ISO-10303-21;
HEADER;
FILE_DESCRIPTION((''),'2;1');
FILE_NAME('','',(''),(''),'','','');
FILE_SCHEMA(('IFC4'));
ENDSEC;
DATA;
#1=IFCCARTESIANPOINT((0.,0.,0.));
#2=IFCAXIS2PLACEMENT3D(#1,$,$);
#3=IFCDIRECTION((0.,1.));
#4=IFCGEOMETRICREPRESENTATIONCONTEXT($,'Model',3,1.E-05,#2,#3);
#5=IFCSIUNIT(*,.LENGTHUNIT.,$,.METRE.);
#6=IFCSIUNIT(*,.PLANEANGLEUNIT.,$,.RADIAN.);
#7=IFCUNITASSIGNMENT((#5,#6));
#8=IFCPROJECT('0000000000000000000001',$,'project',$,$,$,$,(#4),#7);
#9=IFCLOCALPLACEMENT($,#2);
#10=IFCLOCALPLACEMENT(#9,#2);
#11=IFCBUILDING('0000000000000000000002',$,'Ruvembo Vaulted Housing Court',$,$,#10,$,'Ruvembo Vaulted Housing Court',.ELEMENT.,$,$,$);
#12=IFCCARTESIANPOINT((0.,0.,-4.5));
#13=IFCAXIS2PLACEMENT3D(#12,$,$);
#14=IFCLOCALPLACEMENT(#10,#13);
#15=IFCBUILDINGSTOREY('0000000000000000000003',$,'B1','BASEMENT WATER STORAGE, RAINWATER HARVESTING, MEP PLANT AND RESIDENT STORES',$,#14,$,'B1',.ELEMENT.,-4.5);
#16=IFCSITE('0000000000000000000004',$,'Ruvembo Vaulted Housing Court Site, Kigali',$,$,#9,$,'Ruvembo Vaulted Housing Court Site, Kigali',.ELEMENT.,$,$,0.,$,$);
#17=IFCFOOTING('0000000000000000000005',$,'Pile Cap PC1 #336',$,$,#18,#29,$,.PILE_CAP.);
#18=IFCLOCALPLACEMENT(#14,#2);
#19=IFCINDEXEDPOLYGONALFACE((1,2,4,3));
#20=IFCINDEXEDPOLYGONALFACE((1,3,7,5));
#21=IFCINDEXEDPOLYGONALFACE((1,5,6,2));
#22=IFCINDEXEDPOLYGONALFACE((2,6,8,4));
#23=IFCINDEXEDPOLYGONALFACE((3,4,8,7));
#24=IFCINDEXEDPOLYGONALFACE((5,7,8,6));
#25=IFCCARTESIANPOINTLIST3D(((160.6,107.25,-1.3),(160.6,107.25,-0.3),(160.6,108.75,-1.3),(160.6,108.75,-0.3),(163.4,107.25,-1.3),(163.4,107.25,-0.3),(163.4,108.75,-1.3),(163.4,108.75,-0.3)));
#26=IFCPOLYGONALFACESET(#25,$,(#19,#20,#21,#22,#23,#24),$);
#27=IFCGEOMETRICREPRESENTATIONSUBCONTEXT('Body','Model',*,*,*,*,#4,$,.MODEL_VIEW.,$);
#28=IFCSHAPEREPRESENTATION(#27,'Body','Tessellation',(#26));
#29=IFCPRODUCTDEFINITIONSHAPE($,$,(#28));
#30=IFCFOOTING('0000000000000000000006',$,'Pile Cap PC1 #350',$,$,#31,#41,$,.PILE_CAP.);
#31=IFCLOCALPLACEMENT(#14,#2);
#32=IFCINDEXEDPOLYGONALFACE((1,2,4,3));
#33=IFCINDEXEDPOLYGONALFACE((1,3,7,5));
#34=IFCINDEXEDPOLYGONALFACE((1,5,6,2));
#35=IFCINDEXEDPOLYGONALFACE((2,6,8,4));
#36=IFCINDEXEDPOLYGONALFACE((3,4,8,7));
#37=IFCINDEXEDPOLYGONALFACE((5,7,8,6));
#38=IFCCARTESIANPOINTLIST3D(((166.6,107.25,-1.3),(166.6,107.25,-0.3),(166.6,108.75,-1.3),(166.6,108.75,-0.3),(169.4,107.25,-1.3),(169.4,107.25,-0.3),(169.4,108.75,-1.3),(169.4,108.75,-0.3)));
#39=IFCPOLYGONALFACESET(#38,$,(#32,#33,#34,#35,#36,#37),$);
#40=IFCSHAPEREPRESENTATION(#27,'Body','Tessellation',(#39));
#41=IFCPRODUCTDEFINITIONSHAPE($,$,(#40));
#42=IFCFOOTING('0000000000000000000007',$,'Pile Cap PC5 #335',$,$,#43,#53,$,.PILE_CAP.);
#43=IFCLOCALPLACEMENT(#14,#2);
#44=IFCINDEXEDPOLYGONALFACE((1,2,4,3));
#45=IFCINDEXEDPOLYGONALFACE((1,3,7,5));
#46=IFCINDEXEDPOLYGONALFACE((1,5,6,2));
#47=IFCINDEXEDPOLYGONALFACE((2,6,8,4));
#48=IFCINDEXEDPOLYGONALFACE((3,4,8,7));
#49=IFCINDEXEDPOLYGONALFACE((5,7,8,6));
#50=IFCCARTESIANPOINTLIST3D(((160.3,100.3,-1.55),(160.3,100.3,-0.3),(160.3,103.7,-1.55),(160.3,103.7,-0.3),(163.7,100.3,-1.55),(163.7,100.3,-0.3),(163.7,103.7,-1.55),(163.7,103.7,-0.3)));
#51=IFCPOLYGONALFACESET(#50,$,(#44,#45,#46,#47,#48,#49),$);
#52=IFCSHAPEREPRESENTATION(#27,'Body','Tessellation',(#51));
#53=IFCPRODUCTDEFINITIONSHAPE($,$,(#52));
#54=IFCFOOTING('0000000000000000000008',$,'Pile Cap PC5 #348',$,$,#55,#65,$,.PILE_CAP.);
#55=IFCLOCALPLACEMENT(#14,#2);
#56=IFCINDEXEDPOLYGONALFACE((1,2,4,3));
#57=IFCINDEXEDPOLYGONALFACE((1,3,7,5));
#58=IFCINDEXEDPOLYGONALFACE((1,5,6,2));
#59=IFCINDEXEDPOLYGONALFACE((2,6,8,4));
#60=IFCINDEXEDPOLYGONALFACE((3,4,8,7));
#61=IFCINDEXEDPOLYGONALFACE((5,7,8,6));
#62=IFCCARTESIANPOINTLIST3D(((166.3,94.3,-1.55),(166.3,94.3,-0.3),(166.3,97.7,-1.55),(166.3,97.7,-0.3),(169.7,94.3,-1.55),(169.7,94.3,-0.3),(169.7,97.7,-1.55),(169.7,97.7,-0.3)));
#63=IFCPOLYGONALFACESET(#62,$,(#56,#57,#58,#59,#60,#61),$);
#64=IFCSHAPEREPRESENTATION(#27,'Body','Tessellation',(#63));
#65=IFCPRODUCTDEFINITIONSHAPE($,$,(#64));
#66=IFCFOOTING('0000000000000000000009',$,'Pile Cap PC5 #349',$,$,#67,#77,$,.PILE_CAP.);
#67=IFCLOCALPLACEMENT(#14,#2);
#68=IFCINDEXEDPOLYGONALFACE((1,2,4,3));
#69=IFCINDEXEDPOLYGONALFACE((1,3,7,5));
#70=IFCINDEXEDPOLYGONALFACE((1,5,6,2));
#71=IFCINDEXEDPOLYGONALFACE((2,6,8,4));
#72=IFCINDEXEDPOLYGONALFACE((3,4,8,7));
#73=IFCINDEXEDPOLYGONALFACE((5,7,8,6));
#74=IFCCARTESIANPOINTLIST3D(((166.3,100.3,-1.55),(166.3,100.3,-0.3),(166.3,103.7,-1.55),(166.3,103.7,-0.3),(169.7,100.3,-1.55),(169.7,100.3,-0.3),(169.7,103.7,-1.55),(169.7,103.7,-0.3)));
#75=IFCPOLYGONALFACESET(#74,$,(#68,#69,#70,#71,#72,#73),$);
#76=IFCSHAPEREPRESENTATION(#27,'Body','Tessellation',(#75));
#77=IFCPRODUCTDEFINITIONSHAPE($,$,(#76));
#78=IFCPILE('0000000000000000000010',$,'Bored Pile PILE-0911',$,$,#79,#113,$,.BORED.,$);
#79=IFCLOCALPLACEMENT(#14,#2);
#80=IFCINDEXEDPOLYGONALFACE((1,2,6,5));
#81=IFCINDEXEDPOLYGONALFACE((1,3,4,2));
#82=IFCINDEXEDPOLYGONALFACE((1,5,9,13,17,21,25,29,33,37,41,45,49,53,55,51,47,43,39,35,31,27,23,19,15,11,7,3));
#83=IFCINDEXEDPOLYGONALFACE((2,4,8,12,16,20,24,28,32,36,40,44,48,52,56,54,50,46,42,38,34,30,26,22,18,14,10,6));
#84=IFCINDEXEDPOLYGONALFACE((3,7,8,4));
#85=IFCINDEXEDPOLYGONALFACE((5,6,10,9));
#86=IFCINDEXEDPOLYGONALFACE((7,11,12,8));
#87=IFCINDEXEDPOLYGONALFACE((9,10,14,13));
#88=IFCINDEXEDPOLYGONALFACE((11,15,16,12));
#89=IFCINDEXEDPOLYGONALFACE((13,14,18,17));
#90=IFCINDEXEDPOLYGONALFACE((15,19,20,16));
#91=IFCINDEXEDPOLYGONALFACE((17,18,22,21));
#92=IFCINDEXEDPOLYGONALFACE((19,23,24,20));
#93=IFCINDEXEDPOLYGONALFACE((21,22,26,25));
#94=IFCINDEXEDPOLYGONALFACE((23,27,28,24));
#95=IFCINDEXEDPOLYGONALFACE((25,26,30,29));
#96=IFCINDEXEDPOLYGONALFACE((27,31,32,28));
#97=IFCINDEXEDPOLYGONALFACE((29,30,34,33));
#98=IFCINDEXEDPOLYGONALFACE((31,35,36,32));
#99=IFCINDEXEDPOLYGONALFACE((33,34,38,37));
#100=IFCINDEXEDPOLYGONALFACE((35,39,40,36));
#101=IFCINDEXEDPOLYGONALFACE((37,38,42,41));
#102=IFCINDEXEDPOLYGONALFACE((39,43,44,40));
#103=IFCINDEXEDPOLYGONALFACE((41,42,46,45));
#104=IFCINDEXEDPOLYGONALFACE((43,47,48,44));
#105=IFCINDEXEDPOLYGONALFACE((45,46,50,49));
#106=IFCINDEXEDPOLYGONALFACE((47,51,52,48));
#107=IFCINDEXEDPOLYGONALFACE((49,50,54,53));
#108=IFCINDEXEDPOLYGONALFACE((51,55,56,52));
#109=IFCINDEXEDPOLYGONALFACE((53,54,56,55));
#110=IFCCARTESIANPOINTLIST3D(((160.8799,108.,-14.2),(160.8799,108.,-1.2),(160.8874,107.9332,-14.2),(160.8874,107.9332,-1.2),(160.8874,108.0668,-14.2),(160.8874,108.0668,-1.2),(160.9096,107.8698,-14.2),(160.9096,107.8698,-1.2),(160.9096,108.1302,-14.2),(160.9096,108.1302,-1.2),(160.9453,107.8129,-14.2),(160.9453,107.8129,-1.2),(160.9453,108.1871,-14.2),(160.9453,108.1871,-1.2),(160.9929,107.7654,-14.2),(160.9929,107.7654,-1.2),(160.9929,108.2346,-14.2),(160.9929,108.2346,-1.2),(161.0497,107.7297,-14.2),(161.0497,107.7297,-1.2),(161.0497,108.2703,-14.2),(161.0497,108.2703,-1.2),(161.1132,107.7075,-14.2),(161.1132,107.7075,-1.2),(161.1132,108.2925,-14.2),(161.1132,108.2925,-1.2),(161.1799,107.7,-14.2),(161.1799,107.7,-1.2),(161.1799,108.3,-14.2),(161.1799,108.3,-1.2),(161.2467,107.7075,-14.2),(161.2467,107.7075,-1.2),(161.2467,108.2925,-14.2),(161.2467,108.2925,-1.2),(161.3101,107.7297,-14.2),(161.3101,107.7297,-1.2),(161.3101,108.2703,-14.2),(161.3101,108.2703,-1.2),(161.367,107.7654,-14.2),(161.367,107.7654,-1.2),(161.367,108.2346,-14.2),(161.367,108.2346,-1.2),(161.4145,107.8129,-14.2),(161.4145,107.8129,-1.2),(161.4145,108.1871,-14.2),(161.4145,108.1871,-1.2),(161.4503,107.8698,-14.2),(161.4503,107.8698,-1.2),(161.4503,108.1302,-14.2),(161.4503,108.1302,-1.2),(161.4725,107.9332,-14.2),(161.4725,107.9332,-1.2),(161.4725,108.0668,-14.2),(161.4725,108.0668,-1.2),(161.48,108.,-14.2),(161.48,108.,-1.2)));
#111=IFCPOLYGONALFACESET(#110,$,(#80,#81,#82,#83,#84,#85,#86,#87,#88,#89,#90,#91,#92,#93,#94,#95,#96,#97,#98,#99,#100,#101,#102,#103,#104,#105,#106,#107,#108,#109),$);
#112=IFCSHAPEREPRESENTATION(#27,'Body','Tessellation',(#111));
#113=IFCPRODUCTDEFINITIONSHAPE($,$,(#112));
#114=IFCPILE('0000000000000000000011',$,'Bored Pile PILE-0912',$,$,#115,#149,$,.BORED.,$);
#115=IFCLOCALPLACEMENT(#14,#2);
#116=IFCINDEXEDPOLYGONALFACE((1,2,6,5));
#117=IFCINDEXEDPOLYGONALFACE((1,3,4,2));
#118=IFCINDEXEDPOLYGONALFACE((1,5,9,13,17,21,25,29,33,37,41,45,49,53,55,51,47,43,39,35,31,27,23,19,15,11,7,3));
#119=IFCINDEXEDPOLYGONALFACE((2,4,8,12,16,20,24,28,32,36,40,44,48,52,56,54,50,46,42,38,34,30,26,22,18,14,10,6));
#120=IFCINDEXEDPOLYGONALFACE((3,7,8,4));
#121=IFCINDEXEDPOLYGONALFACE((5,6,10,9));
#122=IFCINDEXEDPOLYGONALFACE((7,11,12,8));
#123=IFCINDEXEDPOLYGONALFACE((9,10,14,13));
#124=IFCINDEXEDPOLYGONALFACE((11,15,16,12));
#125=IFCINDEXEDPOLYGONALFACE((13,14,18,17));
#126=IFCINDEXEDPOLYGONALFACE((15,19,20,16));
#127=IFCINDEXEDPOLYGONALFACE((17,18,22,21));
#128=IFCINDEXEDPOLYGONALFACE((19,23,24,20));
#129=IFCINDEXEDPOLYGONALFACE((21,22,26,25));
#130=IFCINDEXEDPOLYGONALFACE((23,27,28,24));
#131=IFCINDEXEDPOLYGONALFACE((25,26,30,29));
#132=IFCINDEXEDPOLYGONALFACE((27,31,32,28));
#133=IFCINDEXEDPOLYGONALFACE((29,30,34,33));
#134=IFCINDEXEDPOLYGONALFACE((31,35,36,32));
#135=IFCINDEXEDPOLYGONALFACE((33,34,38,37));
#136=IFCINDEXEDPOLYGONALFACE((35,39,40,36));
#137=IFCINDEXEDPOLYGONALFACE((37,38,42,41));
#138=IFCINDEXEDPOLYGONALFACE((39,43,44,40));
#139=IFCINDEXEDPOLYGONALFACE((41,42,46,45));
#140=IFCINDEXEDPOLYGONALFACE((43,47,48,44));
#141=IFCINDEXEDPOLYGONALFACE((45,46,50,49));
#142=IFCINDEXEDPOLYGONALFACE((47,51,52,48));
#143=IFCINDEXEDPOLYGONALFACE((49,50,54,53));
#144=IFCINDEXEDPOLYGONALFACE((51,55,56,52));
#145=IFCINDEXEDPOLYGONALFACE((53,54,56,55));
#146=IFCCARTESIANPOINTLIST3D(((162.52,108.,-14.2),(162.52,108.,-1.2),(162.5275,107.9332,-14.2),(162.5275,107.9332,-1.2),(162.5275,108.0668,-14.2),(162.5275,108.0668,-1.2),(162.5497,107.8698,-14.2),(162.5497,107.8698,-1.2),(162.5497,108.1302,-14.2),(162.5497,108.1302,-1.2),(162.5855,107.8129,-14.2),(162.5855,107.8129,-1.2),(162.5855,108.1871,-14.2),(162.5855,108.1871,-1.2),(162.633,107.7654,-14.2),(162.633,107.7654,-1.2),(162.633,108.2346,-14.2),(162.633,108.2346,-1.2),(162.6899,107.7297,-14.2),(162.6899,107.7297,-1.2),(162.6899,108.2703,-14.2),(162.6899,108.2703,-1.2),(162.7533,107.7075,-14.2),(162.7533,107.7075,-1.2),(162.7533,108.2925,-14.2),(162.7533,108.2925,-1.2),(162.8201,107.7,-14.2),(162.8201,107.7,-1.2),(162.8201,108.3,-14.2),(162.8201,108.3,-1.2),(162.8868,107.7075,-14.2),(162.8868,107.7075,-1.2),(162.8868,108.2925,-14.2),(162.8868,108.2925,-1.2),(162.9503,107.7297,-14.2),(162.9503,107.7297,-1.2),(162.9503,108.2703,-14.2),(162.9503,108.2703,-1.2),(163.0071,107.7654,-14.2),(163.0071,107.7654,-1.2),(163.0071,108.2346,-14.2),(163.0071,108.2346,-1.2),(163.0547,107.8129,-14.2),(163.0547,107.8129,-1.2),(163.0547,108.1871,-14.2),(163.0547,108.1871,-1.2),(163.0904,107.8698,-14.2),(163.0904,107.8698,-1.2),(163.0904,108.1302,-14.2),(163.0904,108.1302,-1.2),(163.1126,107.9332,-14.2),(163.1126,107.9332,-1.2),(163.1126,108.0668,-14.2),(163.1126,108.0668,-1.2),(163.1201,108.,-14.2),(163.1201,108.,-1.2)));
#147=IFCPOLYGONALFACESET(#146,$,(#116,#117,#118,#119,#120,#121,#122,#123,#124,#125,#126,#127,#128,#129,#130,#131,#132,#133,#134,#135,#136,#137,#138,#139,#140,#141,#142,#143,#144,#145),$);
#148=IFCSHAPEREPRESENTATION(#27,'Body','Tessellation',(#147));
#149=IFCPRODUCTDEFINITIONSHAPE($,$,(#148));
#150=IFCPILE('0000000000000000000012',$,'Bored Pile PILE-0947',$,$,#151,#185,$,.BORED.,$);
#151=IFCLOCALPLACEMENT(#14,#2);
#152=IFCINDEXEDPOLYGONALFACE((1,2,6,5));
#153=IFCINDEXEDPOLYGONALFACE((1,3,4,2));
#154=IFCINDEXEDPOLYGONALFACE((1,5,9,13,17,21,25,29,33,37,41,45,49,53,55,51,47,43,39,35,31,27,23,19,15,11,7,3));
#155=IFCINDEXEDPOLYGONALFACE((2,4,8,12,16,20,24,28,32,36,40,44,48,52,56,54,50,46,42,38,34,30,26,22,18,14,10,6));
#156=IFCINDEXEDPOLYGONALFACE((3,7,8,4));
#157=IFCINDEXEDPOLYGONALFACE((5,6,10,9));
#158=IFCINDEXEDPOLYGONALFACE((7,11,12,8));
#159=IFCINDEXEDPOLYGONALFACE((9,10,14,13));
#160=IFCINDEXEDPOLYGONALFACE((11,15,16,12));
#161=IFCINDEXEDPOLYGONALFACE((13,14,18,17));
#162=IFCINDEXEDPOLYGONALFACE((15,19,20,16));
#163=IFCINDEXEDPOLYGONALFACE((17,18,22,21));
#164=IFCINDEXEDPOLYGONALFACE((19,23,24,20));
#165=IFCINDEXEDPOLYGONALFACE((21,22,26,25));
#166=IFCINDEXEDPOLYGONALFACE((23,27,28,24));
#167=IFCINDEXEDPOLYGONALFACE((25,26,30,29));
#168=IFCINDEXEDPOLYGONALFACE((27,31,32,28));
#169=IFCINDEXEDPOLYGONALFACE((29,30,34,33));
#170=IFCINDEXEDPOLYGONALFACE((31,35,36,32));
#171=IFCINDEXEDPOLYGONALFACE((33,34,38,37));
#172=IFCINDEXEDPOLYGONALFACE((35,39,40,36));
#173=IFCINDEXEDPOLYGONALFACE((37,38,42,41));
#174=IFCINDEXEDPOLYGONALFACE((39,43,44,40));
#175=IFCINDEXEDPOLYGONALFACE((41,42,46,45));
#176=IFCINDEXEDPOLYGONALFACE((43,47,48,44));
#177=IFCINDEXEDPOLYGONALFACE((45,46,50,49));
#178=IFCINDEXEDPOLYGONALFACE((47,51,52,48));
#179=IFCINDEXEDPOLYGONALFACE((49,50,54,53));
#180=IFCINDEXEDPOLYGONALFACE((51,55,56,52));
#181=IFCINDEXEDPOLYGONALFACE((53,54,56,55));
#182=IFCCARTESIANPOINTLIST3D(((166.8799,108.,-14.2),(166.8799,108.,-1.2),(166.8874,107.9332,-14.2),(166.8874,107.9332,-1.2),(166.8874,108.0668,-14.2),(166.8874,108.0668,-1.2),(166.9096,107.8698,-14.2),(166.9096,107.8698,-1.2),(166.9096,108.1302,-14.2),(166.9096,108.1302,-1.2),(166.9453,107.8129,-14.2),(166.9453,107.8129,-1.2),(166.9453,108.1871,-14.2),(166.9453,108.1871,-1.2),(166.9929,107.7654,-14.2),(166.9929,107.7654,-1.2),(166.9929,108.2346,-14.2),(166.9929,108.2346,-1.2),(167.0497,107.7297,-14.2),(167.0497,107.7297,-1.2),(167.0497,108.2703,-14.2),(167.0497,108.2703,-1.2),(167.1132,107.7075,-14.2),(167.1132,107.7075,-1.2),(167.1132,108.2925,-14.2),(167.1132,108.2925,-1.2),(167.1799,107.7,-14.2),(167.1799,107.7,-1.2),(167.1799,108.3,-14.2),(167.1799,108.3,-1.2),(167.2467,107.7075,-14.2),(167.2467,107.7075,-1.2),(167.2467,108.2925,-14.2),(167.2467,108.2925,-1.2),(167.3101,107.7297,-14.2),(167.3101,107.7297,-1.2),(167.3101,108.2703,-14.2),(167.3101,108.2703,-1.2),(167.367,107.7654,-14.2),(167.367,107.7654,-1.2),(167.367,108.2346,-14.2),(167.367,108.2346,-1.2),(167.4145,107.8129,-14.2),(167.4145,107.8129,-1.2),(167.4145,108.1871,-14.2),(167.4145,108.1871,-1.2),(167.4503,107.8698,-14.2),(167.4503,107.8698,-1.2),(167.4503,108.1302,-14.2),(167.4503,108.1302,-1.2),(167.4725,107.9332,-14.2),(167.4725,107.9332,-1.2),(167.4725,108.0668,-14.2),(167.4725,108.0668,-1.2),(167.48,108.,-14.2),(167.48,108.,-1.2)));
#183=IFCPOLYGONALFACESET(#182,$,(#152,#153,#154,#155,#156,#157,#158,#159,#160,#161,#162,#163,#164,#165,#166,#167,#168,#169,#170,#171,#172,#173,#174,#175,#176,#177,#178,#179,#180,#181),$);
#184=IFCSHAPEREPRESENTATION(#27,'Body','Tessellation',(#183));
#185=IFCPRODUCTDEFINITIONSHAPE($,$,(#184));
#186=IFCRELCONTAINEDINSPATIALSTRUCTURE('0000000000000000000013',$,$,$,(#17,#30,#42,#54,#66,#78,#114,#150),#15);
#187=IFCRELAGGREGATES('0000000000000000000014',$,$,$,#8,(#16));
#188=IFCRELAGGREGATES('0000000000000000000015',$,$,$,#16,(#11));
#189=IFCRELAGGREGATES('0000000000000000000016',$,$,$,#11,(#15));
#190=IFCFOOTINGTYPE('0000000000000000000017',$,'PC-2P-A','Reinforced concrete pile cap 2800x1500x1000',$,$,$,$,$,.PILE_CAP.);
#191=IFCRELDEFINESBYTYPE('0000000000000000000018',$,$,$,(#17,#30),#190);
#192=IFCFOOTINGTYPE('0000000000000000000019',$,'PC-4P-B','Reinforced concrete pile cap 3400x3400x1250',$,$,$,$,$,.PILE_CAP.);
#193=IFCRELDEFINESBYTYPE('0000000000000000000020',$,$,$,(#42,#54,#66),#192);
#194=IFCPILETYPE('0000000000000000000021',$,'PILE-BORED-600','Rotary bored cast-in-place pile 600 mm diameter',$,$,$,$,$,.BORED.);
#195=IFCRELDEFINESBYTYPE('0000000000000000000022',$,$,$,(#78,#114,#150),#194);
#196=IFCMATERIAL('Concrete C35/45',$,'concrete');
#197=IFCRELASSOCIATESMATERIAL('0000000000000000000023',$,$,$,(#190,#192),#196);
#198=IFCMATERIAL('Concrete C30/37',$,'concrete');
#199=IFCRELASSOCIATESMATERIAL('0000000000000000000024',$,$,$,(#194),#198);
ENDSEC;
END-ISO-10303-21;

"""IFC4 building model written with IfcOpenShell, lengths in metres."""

from ifc_helpers import new_model, si_unit, direction, frame, origin, origin_2d, place, context, subcontext, project, spatial, rectangle, circle, extrude, material, material_profile, profile_set, type_object, element, save


model = new_model("IFC4")

# Units and contexts
model_context = context("Model", 3, precision=1e-05, world=origin(), true_north=direction((0.0, 1.0)))
body_context = subcontext(model_context, "Body", "Model", "MODEL_VIEW")
ifc_project = project(units=[si_unit("LENGTHUNIT", "METRE"), si_unit("PLANEANGLEUNIT", "RADIAN")], contexts=[model_context])

# Site, building, storey
site_placement = place(None, origin())
site = spatial("IfcSite", under=ifc_project, at=site_placement, Name="Ruvembo Vaulted Housing Court Site, Kigali", LongName="Ruvembo Vaulted Housing Court Site, Kigali", CompositionType="ELEMENT", RefElevation=0.0)
building_placement = place(site_placement, origin())
building = spatial("IfcBuilding", under=site, at=building_placement, Name="Ruvembo Vaulted Housing Court", LongName="Ruvembo Vaulted Housing Court", CompositionType="ELEMENT")
storey_placement = place(building_placement, frame((0.0, 0.0, -4.5)))
storey = spatial("IfcBuildingStorey", under=building, at=storey_placement, Name="B1", Description="BASEMENT WATER STORAGE, RAINWATER HARVESTING, MEP PLANT AND RESIDENT STORES", LongName="B1", CompositionType="ELEMENT", Elevation=-4.5)

# Footings
ifc_material_1 = material(Name="Concrete C35/45", Category="concrete")
footing_type_1 = type_object("IfcFootingType", Name="PC-2P-A", Description="Reinforced concrete pile cap 2800x1500x1000", PredefinedType="PILE_CAP", material=ifc_material_1)
for number, where, z_axis, x_axis, name in (
    (1, (162.0, 108.0, -1.3), (0.0, 0.0, 1.0), (1.0, 0.0, 0.0), "Pile Cap PC1 #336"),
    (2, (168.0, 108.0, -1.3), (0.0, 0.0, 1.0), (1.0, 0.0, 0.0), "Pile Cap PC1 #350"),
):
    element("IfcFooting", number, at=place(storey_placement, frame(where, z_axis=z_axis, x_axis=x_axis)), inside=storey, type_object=footing_type_1, Name=name, PredefinedType="PILE_CAP", context=body_context, shape_type="SweptSolid", body=[
        extrude(rectangle(XDim=2.8, YDim=1.5, at=origin_2d()), origin(), (0.0, 0.0, 1.0), 1.0),
    ])
footing_type_2 = type_object("IfcFootingType", Name="PC-4P-B", Description="Reinforced concrete pile cap 3400x3400x1250", PredefinedType="PILE_CAP", material=ifc_material_1)
for number, where, z_axis, x_axis, name in (
    (3, (162.0, 102.0, -1.55), (0.0, 0.0, 1.0), (1.0, 0.0, 0.0), "Pile Cap PC5 #335"),
    (4, (168.0, 96.0, -1.55), (0.0, 0.0, 1.0), (1.0, 0.0, 0.0), "Pile Cap PC5 #348"),
    (5, (168.0, 102.0, -1.55), (0.0, 0.0, 1.0), (1.0, 0.0, 0.0), "Pile Cap PC5 #349"),
):
    element("IfcFooting", number, at=place(storey_placement, frame(where, z_axis=z_axis, x_axis=x_axis)), inside=storey, type_object=footing_type_2, Name=name, PredefinedType="PILE_CAP", context=body_context, shape_type="SweptSolid", body=[
        extrude(rectangle(XDim=3.3999, YDim=3.3999, at=origin_2d()), origin(), (0.0, 0.0, 1.0), 1.25),
    ])

# Piles
ifc_material_2 = material(Name="Concrete C30/37", Category="concrete")
ifc_material_profile_1 = material_profile(ifc_material_2, circle(Radius=0.3, at=origin_2d()), Name="PILE D600")
ifc_profile_set_1 = profile_set([ifc_material_profile_1], Name="Concrete C30/37")
pile_type_1 = type_object("IfcPileType", Name="PILE-BORED-600", Description="Rotary bored cast-in-place pile 600 mm diameter", PredefinedType="BORED", material=ifc_profile_set_1)
for number, where, z_axis, x_axis, name in (
    (6, (161.1799, 108.0, -1.2), (0.0, 0.0, -1.0), (1.0, 0.0, 0.0), "Bored Pile PILE-0911"),
    (7, (162.8201, 108.0, -1.2), (0.0, 0.0, -1.0), (1.0, 0.0, 0.0), "Bored Pile PILE-0912"),
    (8, (167.1799, 108.0, -1.2), (0.0, 0.0, -1.0), (1.0, 0.0, 0.0), "Bored Pile PILE-0947"),
):
    element("IfcPile", number, at=place(storey_placement, frame(where, z_axis=z_axis, x_axis=x_axis)), inside=storey, type_object=pile_type_1, Name=name, PredefinedType="BORED", context=body_context, shape_type="SweptSolid", body=[
        extrude(circle(Radius=0.3, at=origin_2d()), origin(), (0.0, 0.0, 1.0), 13.0),
    ])

save(model, "model.ifc")
